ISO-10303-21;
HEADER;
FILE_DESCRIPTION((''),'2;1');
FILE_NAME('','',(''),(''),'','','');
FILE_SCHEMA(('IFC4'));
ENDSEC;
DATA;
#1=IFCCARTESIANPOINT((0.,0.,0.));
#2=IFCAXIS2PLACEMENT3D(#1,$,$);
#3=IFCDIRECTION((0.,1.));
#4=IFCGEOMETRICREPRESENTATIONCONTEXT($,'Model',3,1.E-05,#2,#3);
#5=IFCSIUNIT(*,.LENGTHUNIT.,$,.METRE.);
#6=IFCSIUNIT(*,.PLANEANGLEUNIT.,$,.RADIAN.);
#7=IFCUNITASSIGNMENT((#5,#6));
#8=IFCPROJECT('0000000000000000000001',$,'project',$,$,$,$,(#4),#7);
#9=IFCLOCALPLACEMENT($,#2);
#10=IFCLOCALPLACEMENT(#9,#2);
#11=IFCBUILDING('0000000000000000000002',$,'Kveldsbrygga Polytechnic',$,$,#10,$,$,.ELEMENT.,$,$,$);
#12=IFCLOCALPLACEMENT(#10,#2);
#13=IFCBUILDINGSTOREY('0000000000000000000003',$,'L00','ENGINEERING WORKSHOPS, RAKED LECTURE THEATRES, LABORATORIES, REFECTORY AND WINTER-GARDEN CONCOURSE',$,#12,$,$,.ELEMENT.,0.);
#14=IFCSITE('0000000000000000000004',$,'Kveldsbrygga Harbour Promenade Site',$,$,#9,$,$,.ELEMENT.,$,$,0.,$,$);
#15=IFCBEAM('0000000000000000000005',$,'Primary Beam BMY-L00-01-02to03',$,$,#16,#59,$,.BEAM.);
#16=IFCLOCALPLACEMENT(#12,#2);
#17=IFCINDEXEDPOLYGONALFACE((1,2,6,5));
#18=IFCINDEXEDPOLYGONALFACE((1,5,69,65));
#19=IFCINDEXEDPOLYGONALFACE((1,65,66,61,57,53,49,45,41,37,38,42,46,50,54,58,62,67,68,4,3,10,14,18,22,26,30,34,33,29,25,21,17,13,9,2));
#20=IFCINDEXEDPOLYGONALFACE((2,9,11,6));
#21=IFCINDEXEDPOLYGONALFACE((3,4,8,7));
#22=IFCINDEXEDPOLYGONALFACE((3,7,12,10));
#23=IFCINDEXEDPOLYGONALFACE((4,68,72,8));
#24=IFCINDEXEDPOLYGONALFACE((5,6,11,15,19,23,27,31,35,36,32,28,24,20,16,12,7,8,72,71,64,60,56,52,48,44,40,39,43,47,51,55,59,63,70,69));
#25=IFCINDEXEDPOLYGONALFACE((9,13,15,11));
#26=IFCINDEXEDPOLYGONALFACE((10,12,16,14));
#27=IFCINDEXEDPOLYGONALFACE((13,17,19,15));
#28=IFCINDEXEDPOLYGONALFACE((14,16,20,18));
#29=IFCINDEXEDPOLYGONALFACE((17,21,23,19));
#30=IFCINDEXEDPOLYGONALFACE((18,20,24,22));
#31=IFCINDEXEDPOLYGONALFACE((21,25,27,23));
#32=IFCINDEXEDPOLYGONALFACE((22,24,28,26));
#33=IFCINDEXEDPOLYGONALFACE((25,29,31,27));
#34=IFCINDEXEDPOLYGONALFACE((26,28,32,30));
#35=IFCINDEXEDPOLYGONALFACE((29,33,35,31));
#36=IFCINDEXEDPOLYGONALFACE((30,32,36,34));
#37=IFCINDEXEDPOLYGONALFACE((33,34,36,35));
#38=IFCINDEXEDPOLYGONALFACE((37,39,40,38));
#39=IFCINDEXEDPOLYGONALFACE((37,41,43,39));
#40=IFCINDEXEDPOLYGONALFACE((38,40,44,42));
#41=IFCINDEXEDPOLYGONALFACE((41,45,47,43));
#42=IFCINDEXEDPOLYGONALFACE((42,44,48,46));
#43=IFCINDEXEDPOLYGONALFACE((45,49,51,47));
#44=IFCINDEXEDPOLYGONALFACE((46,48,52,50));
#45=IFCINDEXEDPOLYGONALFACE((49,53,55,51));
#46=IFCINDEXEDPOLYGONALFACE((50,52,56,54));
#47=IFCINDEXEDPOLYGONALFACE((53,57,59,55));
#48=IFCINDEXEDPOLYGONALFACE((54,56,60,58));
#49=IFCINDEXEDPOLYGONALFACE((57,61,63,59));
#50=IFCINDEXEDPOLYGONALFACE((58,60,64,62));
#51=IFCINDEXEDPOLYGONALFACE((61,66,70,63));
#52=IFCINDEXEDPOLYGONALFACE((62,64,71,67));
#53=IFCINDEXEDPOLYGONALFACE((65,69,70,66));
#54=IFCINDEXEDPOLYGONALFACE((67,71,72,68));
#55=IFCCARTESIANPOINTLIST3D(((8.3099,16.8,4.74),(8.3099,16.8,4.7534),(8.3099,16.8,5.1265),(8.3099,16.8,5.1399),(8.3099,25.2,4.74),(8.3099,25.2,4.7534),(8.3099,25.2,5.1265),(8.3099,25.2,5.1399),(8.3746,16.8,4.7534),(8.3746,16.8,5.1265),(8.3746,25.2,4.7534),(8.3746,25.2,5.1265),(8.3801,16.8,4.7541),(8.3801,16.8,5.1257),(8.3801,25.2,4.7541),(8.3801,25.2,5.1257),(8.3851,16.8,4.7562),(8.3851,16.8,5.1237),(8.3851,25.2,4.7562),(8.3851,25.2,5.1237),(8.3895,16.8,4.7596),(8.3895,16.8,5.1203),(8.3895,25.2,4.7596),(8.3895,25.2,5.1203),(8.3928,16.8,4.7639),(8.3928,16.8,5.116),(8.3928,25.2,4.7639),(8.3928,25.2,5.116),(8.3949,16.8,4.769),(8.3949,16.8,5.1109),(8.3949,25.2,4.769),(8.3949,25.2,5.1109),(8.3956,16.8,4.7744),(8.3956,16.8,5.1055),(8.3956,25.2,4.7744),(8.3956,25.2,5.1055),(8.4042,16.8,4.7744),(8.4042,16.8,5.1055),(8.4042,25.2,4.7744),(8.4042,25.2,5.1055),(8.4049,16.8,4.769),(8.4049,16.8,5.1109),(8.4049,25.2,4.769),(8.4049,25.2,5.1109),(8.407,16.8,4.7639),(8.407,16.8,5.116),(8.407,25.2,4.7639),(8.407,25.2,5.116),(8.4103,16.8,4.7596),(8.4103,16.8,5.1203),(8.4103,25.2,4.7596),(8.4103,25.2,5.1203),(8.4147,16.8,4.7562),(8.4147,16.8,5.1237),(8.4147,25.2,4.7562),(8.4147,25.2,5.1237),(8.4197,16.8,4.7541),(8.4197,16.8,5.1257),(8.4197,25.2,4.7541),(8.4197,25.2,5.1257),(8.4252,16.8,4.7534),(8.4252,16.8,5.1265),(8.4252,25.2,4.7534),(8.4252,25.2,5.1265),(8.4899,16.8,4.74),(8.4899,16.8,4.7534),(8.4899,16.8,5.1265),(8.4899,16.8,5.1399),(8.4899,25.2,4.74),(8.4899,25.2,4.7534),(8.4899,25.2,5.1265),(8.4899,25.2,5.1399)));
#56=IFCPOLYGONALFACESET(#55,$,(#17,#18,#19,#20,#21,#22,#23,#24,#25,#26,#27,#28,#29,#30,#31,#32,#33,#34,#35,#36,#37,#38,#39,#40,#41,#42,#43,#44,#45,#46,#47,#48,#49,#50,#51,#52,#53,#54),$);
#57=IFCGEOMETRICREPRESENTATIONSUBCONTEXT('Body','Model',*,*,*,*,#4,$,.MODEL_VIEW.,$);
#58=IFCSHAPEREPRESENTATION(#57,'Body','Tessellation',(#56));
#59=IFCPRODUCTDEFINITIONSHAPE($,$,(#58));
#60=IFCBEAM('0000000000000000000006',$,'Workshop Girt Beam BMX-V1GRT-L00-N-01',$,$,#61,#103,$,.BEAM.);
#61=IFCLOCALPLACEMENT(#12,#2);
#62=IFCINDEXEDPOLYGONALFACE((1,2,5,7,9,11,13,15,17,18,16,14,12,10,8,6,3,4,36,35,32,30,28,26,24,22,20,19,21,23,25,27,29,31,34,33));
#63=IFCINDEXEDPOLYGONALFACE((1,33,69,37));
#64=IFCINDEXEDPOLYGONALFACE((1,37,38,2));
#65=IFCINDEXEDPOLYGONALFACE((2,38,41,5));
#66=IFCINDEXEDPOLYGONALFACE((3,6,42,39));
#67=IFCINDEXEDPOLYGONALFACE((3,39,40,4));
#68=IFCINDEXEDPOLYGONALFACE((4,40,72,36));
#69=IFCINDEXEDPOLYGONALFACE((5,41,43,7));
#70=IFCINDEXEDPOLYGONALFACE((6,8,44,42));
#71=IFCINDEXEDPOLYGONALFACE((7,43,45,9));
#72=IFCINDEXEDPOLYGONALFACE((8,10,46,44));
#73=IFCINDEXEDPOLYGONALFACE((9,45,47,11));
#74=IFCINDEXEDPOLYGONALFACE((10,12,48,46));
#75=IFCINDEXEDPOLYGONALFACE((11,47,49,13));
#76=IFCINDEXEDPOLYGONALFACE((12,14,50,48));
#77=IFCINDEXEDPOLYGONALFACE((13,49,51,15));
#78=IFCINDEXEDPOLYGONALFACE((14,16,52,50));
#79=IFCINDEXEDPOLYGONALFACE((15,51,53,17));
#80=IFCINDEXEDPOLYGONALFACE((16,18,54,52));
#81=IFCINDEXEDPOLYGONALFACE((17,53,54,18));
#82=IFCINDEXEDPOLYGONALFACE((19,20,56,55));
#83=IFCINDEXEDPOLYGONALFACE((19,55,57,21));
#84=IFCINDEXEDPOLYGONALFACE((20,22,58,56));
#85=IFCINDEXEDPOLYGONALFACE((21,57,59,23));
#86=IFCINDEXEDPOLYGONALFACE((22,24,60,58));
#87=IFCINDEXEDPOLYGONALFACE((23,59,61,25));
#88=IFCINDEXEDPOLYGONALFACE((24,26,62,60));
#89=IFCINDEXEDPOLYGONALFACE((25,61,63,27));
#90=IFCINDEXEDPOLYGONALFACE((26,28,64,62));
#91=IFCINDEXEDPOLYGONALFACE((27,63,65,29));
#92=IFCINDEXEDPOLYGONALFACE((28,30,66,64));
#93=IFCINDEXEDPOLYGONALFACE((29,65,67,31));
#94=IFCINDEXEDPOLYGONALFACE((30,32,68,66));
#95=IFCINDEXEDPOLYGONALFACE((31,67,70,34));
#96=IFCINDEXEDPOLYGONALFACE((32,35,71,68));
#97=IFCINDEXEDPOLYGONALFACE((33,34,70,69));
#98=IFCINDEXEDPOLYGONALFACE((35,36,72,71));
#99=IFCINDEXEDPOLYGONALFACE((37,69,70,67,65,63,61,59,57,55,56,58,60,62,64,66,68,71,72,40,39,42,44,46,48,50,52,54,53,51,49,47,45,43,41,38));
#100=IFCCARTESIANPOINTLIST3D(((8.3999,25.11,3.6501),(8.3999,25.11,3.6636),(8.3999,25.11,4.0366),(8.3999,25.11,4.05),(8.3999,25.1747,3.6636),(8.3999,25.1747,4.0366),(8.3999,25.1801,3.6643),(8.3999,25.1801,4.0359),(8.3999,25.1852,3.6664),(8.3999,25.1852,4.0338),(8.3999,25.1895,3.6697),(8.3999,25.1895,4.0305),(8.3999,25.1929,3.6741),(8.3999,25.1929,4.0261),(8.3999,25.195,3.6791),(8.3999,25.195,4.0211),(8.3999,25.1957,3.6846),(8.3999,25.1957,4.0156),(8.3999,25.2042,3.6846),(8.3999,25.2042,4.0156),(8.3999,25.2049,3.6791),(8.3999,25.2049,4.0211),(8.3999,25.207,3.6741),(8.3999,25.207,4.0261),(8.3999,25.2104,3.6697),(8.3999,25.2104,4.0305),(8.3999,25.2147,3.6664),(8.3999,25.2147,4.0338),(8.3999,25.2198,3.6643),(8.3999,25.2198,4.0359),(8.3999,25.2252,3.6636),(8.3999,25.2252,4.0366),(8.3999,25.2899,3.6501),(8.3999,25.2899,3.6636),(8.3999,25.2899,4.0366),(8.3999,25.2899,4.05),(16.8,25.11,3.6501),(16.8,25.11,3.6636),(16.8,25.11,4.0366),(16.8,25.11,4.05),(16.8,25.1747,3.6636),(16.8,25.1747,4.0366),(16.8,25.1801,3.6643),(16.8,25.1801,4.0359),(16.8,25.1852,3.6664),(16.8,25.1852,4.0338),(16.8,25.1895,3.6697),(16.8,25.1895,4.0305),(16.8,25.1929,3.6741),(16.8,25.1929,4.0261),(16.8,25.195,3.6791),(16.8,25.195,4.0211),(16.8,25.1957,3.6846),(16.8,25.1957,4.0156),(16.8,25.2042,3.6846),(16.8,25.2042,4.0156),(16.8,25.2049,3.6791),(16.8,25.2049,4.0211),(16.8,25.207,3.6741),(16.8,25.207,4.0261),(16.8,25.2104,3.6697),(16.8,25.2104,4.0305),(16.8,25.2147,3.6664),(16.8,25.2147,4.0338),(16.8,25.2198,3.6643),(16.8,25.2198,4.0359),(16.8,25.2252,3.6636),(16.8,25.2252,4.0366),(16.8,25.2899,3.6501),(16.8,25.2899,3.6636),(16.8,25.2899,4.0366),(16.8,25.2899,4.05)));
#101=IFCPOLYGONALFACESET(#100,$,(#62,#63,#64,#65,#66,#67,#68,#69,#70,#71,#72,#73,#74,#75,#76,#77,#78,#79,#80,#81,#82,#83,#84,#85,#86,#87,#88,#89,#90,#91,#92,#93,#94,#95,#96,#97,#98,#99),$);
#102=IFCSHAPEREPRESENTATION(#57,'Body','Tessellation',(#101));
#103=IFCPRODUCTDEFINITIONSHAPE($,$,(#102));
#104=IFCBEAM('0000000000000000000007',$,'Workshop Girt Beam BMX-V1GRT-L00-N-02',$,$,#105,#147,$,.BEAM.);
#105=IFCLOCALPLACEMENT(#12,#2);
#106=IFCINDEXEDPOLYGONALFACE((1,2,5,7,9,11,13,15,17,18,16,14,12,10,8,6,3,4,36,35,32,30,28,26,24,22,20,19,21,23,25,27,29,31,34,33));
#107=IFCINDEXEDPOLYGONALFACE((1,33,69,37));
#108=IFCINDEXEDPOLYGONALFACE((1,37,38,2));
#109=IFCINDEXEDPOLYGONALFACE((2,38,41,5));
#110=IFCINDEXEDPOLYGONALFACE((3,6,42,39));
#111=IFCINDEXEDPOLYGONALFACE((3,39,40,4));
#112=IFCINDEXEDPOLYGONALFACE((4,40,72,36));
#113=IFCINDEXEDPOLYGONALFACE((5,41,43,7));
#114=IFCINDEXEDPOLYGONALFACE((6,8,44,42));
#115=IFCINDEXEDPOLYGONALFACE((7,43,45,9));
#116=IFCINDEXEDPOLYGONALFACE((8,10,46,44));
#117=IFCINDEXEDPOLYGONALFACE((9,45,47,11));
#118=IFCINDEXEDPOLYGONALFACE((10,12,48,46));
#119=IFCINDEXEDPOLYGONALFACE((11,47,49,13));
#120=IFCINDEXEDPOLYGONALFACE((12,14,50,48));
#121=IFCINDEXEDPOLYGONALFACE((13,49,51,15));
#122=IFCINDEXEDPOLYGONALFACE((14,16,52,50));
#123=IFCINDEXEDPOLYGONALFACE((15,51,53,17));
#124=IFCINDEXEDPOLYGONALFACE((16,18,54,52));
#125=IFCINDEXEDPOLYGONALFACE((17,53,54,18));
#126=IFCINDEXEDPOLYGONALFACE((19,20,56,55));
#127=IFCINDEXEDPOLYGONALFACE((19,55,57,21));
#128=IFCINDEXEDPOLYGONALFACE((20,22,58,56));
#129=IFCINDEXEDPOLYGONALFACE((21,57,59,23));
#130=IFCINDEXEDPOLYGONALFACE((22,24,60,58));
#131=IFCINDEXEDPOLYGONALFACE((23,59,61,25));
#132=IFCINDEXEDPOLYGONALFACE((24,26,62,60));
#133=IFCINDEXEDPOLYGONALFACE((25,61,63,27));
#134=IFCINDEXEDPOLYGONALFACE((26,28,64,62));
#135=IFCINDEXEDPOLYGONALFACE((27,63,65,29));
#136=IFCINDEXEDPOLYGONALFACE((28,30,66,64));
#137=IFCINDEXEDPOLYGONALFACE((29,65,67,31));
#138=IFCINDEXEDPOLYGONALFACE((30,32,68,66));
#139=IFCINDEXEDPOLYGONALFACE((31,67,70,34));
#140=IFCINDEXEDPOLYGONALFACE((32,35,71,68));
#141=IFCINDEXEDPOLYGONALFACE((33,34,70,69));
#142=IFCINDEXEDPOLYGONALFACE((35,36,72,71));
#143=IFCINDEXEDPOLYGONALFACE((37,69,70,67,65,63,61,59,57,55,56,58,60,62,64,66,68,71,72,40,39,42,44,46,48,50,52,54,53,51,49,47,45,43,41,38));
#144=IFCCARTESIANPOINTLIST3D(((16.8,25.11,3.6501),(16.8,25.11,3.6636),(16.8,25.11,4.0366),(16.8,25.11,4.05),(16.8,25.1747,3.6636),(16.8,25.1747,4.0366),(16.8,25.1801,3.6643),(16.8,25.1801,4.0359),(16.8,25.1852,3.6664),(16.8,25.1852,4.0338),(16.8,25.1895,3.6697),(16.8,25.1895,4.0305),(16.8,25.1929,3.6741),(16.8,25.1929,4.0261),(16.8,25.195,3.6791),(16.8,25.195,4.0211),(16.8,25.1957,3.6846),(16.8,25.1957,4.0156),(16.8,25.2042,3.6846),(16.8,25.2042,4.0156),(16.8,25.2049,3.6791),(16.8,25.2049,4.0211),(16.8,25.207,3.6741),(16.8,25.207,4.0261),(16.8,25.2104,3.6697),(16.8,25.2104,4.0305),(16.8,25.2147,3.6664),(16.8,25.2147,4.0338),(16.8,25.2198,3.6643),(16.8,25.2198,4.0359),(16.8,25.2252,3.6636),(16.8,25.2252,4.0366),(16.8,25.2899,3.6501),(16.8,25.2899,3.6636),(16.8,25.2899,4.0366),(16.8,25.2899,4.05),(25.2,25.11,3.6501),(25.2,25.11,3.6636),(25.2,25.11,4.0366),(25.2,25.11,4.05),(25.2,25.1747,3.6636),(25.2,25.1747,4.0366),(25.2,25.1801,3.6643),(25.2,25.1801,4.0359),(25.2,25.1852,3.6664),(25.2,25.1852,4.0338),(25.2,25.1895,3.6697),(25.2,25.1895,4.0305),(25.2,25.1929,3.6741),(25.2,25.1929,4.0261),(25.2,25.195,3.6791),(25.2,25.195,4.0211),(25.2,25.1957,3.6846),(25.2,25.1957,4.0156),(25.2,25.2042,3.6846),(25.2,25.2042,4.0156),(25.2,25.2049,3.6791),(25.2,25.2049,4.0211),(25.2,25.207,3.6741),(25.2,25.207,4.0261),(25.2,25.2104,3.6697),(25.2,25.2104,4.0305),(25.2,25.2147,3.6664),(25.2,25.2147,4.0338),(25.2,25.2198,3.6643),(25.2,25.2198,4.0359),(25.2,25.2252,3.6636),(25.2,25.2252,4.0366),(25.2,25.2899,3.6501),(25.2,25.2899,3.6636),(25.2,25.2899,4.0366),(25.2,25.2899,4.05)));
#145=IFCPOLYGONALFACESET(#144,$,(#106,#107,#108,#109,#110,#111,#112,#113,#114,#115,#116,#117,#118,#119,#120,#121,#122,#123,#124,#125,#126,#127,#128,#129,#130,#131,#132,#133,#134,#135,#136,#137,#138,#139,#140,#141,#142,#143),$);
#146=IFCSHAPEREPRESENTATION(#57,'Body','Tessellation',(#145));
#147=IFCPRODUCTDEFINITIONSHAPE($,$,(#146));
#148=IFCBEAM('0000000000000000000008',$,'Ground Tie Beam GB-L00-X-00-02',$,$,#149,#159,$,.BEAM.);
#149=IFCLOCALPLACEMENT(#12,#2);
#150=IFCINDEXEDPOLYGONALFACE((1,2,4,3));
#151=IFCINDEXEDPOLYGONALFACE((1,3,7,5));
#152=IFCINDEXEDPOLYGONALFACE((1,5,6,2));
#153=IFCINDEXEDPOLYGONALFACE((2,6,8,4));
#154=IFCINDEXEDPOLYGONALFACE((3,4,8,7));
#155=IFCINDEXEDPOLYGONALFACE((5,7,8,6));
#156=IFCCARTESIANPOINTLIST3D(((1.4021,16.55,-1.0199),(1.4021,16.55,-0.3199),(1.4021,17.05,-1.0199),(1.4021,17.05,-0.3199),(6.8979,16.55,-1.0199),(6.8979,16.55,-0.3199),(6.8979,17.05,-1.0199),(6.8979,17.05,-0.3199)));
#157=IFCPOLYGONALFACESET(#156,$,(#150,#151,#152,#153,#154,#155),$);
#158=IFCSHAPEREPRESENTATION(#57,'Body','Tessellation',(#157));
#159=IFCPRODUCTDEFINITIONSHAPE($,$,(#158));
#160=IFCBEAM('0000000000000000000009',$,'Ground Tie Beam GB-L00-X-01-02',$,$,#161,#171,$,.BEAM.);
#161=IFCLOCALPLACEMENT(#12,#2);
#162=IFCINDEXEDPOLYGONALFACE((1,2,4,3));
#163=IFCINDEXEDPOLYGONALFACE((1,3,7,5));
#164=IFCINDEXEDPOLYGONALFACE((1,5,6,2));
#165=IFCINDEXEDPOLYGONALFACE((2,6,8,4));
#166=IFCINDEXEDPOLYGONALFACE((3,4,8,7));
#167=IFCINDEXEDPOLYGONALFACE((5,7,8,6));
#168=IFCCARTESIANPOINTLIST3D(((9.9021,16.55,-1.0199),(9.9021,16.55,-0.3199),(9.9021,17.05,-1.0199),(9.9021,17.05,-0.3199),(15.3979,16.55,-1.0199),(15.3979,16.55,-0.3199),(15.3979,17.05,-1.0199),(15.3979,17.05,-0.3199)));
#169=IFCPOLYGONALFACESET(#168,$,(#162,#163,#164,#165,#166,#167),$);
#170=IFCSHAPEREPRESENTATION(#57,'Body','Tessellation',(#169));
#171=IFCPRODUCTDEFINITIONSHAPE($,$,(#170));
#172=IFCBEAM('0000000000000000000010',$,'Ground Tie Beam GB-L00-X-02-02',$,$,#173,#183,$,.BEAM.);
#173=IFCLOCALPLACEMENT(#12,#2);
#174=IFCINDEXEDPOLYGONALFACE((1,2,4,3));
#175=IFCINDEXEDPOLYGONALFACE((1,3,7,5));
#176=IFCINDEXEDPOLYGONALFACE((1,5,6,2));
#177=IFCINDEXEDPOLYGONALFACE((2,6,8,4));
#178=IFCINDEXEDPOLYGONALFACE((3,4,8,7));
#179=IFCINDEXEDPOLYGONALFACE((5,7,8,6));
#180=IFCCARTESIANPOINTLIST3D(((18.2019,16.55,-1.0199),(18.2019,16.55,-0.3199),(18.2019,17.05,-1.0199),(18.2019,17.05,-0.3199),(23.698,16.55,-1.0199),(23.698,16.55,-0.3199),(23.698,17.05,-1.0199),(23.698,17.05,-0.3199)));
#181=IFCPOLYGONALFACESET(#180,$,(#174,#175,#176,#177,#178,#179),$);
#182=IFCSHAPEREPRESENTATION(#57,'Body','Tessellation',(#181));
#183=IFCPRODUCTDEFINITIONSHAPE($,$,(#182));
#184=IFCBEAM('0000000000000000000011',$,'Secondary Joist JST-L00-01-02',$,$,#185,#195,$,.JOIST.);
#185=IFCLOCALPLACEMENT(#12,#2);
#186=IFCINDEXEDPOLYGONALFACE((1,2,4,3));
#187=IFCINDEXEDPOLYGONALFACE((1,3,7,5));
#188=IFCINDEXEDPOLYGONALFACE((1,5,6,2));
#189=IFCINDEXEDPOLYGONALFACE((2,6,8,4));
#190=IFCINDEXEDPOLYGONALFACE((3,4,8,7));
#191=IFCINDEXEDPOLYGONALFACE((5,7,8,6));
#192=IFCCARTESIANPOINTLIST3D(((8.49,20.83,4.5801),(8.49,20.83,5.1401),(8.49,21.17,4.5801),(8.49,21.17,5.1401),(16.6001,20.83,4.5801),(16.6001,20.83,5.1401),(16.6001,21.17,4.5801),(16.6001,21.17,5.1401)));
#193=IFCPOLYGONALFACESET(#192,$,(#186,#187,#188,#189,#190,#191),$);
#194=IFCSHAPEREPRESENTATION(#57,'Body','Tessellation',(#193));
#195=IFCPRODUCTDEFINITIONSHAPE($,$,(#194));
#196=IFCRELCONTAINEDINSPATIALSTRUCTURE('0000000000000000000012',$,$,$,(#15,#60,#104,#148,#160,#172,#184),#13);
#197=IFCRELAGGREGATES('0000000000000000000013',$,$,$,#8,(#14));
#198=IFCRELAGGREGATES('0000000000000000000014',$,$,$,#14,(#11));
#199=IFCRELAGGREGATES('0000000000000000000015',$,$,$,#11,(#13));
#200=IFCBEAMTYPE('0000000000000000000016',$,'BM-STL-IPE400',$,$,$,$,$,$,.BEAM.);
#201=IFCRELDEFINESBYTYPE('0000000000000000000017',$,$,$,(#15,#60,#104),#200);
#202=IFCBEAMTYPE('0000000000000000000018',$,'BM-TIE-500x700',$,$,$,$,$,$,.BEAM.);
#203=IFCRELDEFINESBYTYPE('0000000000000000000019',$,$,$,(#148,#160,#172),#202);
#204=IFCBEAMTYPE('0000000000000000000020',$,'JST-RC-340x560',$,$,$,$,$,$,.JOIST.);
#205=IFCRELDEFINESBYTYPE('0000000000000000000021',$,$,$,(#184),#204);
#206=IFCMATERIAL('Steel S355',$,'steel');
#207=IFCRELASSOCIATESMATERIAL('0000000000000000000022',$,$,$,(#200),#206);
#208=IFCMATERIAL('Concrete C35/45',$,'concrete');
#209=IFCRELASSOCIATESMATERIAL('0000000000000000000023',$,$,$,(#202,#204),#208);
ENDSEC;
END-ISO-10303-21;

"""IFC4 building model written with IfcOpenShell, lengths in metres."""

from ifc_helpers import new_model, si_unit, direction, frame, origin, origin_2d, place, context, subcontext, project, spatial, rectangle, i_section, extrude, material, material_profile, profile_set, type_object, element, save


model = new_model("IFC4")

# Units and contexts
model_context = context("Model", 3, precision=1e-05, world=origin(), true_north=direction((0.0, 1.0)))
body_context = subcontext(model_context, "Body", "Model", "MODEL_VIEW")
ifc_project = project(units=[si_unit("LENGTHUNIT", "METRE"), si_unit("PLANEANGLEUNIT", "RADIAN")], contexts=[model_context])

# Site, building, storey
site_placement = place(None, origin())
site = spatial("IfcSite", under=ifc_project, at=site_placement, Name="Kveldsbrygga Harbour Promenade Site", CompositionType="ELEMENT", RefElevation=0.0)
building_placement = place(site_placement, origin())
building = spatial("IfcBuilding", under=site, at=building_placement, Name="Kveldsbrygga Polytechnic", CompositionType="ELEMENT")
storey_placement = place(building_placement, origin())
storey = spatial("IfcBuildingStorey", under=building, at=storey_placement, Name="L00", Description="ENGINEERING WORKSHOPS, RAKED LECTURE THEATRES, LABORATORIES, REFECTORY AND WINTER-GARDEN CONCOURSE", CompositionType="ELEMENT", Elevation=0.0)

# Beams
ifc_material_1 = material(Name="Concrete C35/45", Category="concrete")
ifc_material_2 = material(Name="Steel S355", Category="steel")
ifc_material_profile_1 = material_profile(ifc_material_2, i_section(OverallWidth=0.1799, OverallDepth=0.3999, WebThickness=0.0085, FlangeThickness=0.0134, FilletRadius=0.021, at=origin_2d()), Name="IPE 400")
ifc_profile_set_1 = profile_set([ifc_material_profile_1], Name="Steel S355")
beam_type_1 = type_object("IfcBeamType", Name="BM-STL-IPE400", PredefinedType="BEAM", material=ifc_profile_set_1)
beam_1_placement = place(storey_placement, frame((8.3999, 16.8, 4.9399), z_axis=(0.0, 1.0, 0.0), x_axis=(-1.0, 0.0, 0.0)))
element("IfcBeam", 1, at=beam_1_placement, inside=storey, type_object=beam_type_1, Name="Primary Beam BMY-L00-01-02to03", PredefinedType="BEAM", context=body_context, shape_type="SweptSolid", body=[
    extrude(i_section(OverallWidth=0.1799, OverallDepth=0.3999, WebThickness=0.0085, FlangeThickness=0.0134, FilletRadius=0.021, at=origin_2d()), origin(), (0.0, 0.0, 1.0), 8.3999),
])
beam_2_placement = place(storey_placement, frame((8.3999, 25.2, 3.8501), z_axis=(1.0, 0.0, 0.0), x_axis=(0.0, 1.0, 0.0)))
element("IfcBeam", 2, at=beam_2_placement, inside=storey, type_object=beam_type_1, Name="Workshop Girt Beam BMX-V1GRT-L00-N-01", PredefinedType="BEAM", context=body_context, shape_type="SweptSolid", body=[
    extrude(i_section(OverallWidth=0.1799, OverallDepth=0.3999, WebThickness=0.0085, FlangeThickness=0.0134, FilletRadius=0.021, at=origin_2d()), origin(), (0.0, 0.0, 1.0), 8.4001),
])
beam_3_placement = place(storey_placement, frame((16.8, 25.2, 3.8501), z_axis=(1.0, 0.0, 0.0), x_axis=(0.0, 1.0, 0.0)))
element("IfcBeam", 3, at=beam_3_placement, inside=storey, type_object=beam_type_1, Name="Workshop Girt Beam BMX-V1GRT-L00-N-02", PredefinedType="BEAM", context=body_context, shape_type="SweptSolid", body=[
    extrude(i_section(OverallWidth=0.1799, OverallDepth=0.3999, WebThickness=0.0085, FlangeThickness=0.0134, FilletRadius=0.021, at=origin_2d()), origin(), (0.0, 0.0, 1.0), 8.3999),
])
ifc_material_profile_2 = material_profile(ifc_material_1, rectangle(XDim=0.5, YDim=0.7, at=origin_2d()), Name="RC 500x700")
ifc_profile_set_2 = profile_set([ifc_material_profile_2], Name="Concrete C35/45")
beam_type_2 = type_object("IfcBeamType", Name="BM-TIE-500x700", PredefinedType="BEAM", material=ifc_profile_set_2)
for number, where, z_axis, x_axis, name in (
    (4, (1.4021, 16.8, -0.6699), (1.0, 0.0, 0.0), (0.0, 1.0, 0.0), "Ground Tie Beam GB-L00-X-00-02"),
    (5, (9.9021, 16.8, -0.6699), (1.0, 0.0, 0.0), (0.0, 1.0, 0.0), "Ground Tie Beam GB-L00-X-01-02"),
):
    element("IfcBeam", number, at=place(storey_placement, frame(where, z_axis=z_axis, x_axis=x_axis)), inside=storey, type_object=beam_type_2, Name=name, PredefinedType="BEAM", context=body_context, shape_type="SweptSolid", body=[
        extrude(rectangle(XDim=0.5, YDim=0.7, at=origin_2d()), origin(), (0.0, 0.0, 1.0), 5.4958),
    ])
beam_4_placement = place(storey_placement, frame((18.2019, 16.8, -0.6699), z_axis=(1.0, 0.0, 0.0), x_axis=(0.0, 1.0, 0.0)))
element("IfcBeam", 6, at=beam_4_placement, inside=storey, type_object=beam_type_2, Name="Ground Tie Beam GB-L00-X-02-02", PredefinedType="BEAM", context=body_context, shape_type="SweptSolid", body=[
    extrude(rectangle(XDim=0.5, YDim=0.7, at=origin_2d()), origin(), (0.0, 0.0, 1.0), 5.4961),
])
ifc_material_profile_3 = material_profile(ifc_material_1, rectangle(XDim=0.3401, YDim=0.5601, at=origin_2d()), Name="RC 340x560")
ifc_profile_set_3 = profile_set([ifc_material_profile_3], Name="Concrete C35/45")
beam_type_3 = type_object("IfcBeamType", Name="JST-RC-340x560", PredefinedType="JOIST", material=ifc_profile_set_3)
beam_5_placement = place(storey_placement, frame((8.49, 21.0, 4.8601), z_axis=(1.0, 0.0, 0.0), x_axis=(0.0, 1.0, 0.0)))
element("IfcBeam", 7, at=beam_5_placement, inside=storey, type_object=beam_type_3, Name="Secondary Joist JST-L00-01-02", PredefinedType="JOIST", context=body_context, shape_type="SweptSolid", body=[
    extrude(rectangle(XDim=0.3401, YDim=0.5601, at=origin_2d()), origin(), (0.0, 0.0, 1.0), 8.1101),
])

save(model, "model.ifc")
